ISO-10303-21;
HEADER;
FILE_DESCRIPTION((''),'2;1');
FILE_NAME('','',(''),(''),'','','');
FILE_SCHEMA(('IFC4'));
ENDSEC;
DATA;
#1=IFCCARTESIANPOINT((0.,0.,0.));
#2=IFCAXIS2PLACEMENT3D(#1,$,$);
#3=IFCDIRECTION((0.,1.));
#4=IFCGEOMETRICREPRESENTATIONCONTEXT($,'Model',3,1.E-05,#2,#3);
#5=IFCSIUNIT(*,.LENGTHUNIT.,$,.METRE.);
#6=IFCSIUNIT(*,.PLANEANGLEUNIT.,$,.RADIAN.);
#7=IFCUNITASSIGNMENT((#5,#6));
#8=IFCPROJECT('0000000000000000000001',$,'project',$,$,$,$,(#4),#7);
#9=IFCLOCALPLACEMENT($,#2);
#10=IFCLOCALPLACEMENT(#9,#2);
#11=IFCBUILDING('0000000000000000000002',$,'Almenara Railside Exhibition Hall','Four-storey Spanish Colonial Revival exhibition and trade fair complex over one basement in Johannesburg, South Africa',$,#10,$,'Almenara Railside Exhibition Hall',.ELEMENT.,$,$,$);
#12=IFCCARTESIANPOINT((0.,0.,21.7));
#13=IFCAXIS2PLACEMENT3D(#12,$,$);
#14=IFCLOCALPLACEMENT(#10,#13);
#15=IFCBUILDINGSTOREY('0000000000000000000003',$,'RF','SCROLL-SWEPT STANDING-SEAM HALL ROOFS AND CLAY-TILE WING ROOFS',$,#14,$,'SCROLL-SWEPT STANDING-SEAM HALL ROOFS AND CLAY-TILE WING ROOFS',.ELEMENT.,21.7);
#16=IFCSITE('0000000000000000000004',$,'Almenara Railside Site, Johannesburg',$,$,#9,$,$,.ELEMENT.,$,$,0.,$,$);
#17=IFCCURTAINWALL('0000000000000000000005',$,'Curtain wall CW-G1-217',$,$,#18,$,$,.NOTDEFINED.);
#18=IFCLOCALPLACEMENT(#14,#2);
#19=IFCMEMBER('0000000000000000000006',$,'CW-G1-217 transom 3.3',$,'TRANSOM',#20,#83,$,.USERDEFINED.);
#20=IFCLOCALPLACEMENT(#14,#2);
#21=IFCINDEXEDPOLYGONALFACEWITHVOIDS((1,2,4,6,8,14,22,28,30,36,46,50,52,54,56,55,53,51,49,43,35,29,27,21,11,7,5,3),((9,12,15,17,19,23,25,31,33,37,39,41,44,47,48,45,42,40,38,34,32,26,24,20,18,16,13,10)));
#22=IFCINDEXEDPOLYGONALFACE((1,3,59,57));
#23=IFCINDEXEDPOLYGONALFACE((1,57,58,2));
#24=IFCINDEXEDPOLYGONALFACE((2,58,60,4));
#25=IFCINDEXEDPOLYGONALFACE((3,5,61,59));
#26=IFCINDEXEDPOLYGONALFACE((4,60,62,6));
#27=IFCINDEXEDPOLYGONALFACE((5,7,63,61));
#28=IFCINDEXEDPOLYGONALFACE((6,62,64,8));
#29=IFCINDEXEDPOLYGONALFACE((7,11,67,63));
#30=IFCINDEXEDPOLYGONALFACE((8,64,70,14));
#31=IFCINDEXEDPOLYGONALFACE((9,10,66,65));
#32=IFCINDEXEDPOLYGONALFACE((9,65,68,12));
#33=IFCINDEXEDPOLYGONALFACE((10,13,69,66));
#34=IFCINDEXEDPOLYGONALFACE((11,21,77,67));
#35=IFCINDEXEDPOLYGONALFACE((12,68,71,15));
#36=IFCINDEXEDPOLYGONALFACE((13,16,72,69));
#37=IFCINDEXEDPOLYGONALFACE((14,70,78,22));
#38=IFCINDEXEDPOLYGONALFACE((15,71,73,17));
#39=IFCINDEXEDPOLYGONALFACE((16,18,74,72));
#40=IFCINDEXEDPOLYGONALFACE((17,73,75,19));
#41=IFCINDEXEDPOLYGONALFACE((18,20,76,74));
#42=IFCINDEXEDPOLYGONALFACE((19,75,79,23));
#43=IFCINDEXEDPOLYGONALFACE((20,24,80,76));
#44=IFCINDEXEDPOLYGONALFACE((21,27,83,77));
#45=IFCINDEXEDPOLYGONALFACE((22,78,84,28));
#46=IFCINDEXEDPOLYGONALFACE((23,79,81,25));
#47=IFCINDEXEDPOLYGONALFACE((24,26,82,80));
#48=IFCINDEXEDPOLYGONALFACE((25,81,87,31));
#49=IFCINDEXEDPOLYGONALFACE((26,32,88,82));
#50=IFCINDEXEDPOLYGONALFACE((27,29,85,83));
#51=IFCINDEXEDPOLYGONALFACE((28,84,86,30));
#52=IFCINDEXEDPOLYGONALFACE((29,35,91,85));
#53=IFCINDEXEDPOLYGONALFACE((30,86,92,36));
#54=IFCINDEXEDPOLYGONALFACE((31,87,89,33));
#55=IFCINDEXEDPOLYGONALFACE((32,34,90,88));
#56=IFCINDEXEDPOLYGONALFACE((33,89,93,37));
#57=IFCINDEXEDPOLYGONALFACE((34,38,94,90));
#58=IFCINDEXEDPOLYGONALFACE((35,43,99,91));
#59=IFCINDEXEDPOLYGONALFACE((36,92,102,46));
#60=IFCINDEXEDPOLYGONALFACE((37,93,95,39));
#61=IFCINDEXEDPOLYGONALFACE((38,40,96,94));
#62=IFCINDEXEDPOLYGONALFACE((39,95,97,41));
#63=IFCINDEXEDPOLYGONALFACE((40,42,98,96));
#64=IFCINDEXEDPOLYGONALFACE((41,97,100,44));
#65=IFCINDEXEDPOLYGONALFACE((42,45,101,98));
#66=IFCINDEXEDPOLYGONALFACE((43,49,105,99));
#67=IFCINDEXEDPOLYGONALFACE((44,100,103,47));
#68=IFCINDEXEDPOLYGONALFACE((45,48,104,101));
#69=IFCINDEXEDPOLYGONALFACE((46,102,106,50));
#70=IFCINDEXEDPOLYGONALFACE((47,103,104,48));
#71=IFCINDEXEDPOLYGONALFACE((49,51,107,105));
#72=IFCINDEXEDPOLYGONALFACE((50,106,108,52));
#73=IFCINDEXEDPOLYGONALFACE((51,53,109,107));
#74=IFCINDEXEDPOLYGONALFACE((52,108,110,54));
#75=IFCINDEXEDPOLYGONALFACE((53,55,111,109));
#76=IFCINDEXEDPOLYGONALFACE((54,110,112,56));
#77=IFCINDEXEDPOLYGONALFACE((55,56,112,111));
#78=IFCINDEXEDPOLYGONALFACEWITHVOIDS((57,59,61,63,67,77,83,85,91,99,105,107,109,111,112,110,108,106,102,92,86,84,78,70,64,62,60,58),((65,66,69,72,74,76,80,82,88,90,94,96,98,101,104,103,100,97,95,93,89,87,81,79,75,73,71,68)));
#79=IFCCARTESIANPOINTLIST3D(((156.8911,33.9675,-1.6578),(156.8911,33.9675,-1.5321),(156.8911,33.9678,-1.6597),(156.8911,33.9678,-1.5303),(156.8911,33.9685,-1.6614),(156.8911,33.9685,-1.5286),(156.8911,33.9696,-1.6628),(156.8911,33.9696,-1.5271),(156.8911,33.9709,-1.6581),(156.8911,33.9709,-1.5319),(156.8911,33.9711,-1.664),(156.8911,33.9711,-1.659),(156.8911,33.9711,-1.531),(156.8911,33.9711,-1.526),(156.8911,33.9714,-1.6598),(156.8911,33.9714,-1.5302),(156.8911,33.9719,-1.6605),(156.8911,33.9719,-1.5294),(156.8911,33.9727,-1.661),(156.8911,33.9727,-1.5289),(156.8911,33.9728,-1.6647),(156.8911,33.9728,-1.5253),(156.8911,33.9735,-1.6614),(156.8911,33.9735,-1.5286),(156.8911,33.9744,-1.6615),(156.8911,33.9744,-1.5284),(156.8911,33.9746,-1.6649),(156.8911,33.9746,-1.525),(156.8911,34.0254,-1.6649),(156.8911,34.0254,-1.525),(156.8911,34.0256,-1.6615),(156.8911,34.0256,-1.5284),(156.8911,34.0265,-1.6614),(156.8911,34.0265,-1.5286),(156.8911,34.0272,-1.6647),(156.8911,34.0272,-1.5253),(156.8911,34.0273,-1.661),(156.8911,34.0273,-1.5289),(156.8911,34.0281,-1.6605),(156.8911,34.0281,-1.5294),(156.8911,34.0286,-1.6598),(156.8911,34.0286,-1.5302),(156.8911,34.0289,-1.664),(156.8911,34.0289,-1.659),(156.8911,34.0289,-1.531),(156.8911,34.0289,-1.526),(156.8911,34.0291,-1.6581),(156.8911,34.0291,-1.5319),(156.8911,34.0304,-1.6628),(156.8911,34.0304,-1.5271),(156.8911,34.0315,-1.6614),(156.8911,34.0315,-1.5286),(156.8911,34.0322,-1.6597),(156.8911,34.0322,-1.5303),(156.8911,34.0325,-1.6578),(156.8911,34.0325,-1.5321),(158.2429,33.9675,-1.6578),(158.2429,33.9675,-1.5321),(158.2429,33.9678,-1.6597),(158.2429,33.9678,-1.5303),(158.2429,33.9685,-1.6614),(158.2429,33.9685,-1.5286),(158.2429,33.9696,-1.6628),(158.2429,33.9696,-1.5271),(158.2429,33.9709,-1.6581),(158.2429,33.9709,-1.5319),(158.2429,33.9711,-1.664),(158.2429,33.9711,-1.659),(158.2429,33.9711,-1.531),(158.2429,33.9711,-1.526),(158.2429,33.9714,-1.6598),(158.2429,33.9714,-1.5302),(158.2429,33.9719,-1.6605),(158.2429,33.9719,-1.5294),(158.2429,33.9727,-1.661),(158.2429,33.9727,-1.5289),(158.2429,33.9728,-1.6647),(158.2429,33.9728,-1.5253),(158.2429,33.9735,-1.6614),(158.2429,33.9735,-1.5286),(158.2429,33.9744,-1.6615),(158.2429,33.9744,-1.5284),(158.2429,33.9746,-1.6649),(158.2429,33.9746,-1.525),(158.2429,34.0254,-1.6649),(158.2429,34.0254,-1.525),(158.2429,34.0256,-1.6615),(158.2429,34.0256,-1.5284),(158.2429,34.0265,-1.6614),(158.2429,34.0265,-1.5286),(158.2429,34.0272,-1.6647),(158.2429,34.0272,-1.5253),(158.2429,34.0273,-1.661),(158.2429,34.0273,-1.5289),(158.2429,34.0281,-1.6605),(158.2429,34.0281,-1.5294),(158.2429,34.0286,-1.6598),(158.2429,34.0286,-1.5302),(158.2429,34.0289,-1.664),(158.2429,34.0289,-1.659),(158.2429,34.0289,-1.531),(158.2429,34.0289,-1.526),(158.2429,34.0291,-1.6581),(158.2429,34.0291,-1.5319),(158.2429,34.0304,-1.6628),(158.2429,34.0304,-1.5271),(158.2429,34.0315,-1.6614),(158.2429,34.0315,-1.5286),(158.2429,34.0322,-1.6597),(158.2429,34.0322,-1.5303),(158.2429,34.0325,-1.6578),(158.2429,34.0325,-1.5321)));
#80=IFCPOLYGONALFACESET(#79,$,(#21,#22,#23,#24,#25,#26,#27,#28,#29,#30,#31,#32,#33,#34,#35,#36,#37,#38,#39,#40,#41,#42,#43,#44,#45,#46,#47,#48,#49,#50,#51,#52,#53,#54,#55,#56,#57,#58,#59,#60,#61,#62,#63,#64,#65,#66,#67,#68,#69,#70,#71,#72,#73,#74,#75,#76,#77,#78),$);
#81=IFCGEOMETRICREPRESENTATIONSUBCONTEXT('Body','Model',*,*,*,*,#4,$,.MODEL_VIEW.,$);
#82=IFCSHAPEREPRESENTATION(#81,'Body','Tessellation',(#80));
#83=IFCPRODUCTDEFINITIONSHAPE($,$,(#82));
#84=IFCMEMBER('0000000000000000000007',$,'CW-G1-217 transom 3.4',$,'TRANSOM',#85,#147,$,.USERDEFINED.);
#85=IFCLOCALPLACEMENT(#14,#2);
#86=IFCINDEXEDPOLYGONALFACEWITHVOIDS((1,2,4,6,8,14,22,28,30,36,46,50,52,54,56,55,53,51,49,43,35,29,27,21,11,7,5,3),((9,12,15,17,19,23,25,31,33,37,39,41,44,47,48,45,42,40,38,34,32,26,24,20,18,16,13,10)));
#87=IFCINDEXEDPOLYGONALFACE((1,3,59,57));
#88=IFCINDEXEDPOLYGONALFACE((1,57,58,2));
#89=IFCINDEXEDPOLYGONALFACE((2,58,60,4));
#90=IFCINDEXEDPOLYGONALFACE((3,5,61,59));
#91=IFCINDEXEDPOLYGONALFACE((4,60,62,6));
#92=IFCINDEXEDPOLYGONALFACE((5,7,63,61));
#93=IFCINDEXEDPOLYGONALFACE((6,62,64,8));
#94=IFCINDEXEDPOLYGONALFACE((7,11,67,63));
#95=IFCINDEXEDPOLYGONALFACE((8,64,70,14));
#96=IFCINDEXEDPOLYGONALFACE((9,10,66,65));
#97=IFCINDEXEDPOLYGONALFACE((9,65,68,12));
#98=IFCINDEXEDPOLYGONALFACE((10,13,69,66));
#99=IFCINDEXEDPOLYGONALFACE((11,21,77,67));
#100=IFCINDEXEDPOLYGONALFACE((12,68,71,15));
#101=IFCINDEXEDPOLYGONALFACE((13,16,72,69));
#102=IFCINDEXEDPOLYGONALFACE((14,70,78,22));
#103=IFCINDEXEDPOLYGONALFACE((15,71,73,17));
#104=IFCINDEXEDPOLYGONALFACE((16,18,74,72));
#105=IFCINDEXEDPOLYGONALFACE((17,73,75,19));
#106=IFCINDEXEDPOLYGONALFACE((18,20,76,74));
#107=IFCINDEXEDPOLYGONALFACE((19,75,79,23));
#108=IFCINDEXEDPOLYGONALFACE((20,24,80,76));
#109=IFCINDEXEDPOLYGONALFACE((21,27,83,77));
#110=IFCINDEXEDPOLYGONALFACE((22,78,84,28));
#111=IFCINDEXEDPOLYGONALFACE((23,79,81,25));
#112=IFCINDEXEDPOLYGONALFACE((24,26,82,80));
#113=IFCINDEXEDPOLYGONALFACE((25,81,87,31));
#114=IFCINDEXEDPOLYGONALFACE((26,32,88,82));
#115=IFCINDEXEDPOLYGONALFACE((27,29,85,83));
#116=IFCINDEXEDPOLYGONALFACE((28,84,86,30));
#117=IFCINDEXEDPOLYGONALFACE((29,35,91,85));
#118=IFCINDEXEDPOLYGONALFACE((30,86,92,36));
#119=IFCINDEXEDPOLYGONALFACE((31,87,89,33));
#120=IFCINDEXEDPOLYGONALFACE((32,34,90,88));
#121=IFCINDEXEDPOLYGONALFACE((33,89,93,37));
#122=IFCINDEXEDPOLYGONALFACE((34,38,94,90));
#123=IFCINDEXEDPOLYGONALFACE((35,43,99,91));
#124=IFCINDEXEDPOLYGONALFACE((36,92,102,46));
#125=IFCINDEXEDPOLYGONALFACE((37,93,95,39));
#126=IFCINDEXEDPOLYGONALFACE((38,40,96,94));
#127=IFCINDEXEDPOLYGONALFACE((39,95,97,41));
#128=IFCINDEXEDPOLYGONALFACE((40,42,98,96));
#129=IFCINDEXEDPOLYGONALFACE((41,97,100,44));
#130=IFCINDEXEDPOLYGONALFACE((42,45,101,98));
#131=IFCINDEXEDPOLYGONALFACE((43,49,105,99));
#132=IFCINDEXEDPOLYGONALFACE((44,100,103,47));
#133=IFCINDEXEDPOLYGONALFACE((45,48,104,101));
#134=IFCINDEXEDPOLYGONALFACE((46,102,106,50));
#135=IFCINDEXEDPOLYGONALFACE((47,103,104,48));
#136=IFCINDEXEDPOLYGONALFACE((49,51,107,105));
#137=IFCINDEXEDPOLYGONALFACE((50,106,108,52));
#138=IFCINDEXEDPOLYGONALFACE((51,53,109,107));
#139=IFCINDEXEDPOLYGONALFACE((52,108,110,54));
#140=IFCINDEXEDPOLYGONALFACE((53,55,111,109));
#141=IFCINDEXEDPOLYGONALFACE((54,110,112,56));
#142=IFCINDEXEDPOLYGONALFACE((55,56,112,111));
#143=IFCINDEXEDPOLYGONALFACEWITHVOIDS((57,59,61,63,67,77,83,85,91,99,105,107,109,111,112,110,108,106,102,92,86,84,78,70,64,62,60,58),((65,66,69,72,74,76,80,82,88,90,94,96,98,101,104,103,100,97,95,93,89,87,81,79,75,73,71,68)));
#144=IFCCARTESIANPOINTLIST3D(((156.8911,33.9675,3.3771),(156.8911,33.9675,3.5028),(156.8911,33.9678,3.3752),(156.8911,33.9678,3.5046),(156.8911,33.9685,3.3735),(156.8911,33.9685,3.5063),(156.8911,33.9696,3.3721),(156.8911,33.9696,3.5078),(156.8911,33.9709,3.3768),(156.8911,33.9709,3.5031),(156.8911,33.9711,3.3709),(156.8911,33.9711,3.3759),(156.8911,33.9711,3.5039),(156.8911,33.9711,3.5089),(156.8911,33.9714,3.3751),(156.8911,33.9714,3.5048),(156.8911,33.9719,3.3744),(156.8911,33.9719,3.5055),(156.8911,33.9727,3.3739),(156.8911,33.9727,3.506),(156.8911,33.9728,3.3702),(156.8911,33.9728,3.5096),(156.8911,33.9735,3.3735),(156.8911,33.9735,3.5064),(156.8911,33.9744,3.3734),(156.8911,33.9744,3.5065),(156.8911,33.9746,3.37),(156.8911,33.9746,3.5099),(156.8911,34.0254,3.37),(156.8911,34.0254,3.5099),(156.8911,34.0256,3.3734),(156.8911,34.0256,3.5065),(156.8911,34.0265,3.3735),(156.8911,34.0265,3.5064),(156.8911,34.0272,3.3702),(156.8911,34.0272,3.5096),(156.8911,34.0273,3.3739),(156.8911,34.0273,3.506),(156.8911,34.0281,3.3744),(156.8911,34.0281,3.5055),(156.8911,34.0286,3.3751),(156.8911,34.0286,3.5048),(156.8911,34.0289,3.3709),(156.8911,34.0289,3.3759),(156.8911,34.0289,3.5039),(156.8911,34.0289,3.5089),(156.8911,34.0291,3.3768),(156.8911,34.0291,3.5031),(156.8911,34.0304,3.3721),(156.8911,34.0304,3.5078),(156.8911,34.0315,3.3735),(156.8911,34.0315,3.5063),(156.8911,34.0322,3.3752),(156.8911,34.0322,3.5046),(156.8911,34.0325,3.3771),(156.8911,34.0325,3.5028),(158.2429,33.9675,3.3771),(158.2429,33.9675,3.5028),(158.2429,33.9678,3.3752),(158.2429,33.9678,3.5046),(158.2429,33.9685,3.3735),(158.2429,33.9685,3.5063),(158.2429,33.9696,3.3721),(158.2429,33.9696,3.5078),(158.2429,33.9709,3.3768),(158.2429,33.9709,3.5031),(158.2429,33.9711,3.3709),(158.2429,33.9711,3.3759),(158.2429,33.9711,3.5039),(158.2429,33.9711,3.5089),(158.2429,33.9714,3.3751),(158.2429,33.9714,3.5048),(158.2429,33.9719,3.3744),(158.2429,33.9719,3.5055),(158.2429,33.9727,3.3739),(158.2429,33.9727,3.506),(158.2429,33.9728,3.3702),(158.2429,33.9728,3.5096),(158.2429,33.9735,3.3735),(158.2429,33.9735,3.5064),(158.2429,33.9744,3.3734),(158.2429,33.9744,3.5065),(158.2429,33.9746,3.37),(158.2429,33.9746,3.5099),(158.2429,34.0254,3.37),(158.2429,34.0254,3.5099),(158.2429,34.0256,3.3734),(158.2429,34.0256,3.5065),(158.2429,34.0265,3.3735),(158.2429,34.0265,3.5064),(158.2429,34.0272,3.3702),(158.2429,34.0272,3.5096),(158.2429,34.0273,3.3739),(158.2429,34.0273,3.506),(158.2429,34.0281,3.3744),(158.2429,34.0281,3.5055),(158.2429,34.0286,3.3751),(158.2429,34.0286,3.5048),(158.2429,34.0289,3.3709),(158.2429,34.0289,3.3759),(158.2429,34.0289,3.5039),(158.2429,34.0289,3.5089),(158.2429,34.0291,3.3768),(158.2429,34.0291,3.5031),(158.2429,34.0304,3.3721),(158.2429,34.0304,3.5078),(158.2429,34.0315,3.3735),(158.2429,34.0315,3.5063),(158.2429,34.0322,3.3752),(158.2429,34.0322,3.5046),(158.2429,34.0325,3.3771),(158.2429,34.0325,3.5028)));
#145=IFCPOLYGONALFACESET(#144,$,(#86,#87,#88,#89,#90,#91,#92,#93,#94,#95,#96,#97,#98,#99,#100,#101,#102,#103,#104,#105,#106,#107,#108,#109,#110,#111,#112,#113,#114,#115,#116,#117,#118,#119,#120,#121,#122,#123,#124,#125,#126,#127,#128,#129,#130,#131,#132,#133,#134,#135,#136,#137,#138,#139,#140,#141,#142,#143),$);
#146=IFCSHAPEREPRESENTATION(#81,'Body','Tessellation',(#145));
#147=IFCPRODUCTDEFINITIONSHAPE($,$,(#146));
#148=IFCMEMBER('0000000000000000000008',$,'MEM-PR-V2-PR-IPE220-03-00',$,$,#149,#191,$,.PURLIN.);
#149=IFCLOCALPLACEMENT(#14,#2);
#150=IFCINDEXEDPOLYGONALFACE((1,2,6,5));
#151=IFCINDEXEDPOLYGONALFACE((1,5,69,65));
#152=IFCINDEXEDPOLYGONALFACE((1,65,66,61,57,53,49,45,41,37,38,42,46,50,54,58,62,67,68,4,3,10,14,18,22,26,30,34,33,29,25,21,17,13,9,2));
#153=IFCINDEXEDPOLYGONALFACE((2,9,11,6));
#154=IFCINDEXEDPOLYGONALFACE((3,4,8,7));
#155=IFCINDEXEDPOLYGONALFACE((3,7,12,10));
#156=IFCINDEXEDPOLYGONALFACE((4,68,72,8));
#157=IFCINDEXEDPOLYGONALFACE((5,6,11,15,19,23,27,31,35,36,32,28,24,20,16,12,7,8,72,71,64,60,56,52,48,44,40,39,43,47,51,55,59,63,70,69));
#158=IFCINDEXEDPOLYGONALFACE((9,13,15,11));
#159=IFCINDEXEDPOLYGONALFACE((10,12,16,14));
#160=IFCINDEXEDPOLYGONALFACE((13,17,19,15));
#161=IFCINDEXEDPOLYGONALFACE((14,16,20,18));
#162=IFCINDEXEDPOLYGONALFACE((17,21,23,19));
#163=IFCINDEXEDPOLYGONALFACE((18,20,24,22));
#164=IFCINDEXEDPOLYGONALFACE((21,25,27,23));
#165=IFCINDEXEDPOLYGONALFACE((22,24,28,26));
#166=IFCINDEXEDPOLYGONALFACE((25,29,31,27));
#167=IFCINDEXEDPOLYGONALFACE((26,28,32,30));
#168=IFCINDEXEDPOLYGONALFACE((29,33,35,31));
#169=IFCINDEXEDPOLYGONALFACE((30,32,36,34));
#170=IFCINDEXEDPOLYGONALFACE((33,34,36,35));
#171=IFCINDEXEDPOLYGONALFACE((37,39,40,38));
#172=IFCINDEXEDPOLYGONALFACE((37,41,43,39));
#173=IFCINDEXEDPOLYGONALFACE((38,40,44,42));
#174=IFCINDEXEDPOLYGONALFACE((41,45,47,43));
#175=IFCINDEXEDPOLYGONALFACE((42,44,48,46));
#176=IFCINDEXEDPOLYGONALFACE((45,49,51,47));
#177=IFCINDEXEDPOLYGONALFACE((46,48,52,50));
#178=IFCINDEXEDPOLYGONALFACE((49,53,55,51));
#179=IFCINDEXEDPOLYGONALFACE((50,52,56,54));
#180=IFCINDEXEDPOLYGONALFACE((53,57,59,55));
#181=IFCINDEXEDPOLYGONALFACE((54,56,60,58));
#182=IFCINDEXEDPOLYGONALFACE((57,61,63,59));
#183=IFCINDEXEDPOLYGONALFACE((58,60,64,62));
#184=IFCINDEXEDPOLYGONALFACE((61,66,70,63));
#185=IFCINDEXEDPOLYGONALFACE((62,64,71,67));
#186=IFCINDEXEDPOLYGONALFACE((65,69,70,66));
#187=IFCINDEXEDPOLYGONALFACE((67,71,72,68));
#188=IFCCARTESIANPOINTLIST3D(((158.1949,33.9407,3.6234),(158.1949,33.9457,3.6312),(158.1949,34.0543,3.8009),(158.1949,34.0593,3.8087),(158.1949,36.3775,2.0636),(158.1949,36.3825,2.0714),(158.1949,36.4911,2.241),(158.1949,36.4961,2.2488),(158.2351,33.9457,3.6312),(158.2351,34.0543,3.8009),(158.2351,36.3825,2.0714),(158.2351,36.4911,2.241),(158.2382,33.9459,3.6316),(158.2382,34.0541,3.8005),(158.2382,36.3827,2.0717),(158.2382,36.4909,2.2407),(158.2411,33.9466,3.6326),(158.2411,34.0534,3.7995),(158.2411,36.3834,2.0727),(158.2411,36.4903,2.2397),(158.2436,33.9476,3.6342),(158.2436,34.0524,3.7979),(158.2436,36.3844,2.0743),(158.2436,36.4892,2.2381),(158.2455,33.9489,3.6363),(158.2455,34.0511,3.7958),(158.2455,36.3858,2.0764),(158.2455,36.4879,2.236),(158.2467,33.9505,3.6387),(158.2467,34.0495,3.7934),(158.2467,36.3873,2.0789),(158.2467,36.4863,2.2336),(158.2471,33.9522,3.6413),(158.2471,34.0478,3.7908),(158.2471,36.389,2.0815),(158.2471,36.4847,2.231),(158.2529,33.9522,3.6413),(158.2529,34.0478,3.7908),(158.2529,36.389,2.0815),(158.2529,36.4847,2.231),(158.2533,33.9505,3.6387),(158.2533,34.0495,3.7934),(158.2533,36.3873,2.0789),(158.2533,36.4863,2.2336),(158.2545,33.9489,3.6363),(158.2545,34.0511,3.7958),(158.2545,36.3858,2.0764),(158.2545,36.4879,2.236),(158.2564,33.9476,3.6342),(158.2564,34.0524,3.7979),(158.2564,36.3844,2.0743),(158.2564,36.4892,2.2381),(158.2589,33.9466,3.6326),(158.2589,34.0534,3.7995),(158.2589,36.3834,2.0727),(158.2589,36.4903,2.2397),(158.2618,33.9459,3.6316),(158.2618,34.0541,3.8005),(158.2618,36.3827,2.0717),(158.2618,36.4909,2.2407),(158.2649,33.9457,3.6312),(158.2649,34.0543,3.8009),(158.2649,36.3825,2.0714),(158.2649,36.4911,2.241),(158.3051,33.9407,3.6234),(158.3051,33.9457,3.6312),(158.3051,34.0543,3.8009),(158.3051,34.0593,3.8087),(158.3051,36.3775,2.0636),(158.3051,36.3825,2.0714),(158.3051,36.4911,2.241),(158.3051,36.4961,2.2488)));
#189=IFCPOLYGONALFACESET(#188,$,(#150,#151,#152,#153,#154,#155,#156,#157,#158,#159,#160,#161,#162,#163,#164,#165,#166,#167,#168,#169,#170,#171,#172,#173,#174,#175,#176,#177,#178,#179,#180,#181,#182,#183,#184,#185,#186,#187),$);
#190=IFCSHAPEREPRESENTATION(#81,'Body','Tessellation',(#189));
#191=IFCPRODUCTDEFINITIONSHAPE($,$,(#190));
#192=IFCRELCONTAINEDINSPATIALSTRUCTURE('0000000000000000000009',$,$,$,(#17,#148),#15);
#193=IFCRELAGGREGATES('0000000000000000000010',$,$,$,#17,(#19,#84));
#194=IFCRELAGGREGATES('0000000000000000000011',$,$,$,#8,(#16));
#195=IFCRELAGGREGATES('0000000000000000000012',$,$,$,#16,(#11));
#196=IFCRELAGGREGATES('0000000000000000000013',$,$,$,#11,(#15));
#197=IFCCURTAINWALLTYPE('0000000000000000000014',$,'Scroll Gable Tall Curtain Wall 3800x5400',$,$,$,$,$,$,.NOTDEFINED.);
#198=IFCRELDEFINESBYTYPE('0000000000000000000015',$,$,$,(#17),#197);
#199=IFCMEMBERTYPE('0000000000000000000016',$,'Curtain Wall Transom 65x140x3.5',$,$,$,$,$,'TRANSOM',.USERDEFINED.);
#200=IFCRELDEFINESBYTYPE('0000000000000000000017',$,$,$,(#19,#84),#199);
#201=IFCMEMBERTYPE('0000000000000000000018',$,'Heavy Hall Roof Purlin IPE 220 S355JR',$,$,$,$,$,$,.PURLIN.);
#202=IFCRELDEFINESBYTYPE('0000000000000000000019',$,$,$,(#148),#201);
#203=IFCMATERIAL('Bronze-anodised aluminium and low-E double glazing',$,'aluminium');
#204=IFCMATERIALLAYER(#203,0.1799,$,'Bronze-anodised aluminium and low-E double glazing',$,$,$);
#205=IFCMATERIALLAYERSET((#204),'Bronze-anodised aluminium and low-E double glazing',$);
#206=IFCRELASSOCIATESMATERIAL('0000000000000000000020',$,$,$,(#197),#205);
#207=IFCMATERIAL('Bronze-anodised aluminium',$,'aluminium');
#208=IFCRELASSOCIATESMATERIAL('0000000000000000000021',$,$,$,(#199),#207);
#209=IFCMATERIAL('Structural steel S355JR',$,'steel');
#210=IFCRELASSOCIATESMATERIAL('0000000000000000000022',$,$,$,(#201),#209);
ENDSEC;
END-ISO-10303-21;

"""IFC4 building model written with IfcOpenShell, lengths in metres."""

from ifc_helpers import new_model, si_unit, direction, frame, origin, origin_2d, place, context, subcontext, project, spatial, hollow_rectangle, i_section, extrude, material, layer, layer_set, material_profile, profile_set, type_object, element, aggregate, save


model = new_model("IFC4")

# Units and contexts
model_context = context("Model", 3, precision=1e-05, world=origin(), true_north=direction((0.0, 1.0)))
body_context = subcontext(model_context, "Body", "Model", "MODEL_VIEW")
ifc_project = project(units=[si_unit("LENGTHUNIT", "METRE"), si_unit("PLANEANGLEUNIT", "RADIAN")], contexts=[model_context])

# Site, building, storey
site_placement = place(None, origin())
site = spatial("IfcSite", under=ifc_project, at=site_placement, Name="Almenara Railside Site, Johannesburg", CompositionType="ELEMENT", RefElevation=0.0)
building_placement = place(site_placement, origin())
building = spatial("IfcBuilding", under=site, at=building_placement, Name="Almenara Railside Exhibition Hall", Description="Four-storey Spanish Colonial Revival exhibition and trade fair complex over one basement in Johannesburg, South Africa", LongName="Almenara Railside Exhibition Hall", CompositionType="ELEMENT")
storey_placement = place(building_placement, frame((0.0, 0.0, 21.7)))
storey = spatial("IfcBuildingStorey", under=building, at=storey_placement, Name="RF", Description="SCROLL-SWEPT STANDING-SEAM HALL ROOFS AND CLAY-TILE WING ROOFS", LongName="SCROLL-SWEPT STANDING-SEAM HALL ROOFS AND CLAY-TILE WING ROOFS", CompositionType="ELEMENT", Elevation=21.7)

# Shared definitions
ifc_material_1 = material(Name="Structural steel S355JR", Category="steel")

# Curtain wall
ifc_material_2 = material(Name="Bronze-anodised aluminium and low-E double glazing", Category="aluminium")
ifc_layer_1 = layer(ifc_material_2, 0.1799, Name="Bronze-anodised aluminium and low-E double glazing")
ifc_layer_set_1 = layer_set([ifc_layer_1], Name="Bronze-anodised aluminium and low-E double glazing")
curtain_wall_type = type_object("IfcCurtainWallType", Name="Scroll Gable Tall Curtain Wall 3800x5400", PredefinedType="NOTDEFINED", material=ifc_layer_set_1)
ifc_material_3 = material(Name="Bronze-anodised aluminium", Category="aluminium")
curtain_wall_1_placement = place(storey_placement, origin())
curtain_wall_1 = element("IfcCurtainWall", 1, at=curtain_wall_1_placement, inside=storey, type_object=curtain_wall_type, Name="Curtain wall CW-G1-217", PredefinedType="NOTDEFINED")

# Members
ifc_material_profile_1 = material_profile(ifc_material_3, hollow_rectangle(XDim=0.0649, YDim=0.1399, WallThickness=0.0034, InnerFilletRadius=0.0034, OuterFilletRadius=0.0071, at=origin_2d()), Name="ALU-TRN 65x140x3.5")
ifc_profile_set_1 = profile_set([ifc_material_profile_1], Name="Bronze-anodised aluminium")
member_type_1 = type_object("IfcMemberType", Name="Curtain Wall Transom 65x140x3.5", ElementType="TRANSOM", PredefinedType="USERDEFINED", material=ifc_profile_set_1)
member_1_placement = place(storey_placement, frame((156.8911, 34.0, -1.595), z_axis=(1.0, 0.0, 0.0), x_axis=(0.0, 1.0, 0.0)))
member_1 = element("IfcMember", 2, at=member_1_placement, type_object=member_type_1, Name="CW-G1-217 transom 3.3", ObjectType="TRANSOM", PredefinedType="USERDEFINED", context=body_context, shape_type="SweptSolid", body=[
    extrude(hollow_rectangle(XDim=0.0649, YDim=0.1399, WallThickness=0.0034, InnerFilletRadius=0.0034, OuterFilletRadius=0.0071, at=origin_2d()), origin(), (0.0, 0.0, 1.0), 1.3518),
])
member_2_placement = place(storey_placement, frame((156.8911, 34.0, 3.4399), z_axis=(1.0, 0.0, 0.0), x_axis=(0.0, 1.0, 0.0)))
member_2 = element("IfcMember", 3, at=member_2_placement, type_object=member_type_1, Name="CW-G1-217 transom 3.4", ObjectType="TRANSOM", PredefinedType="USERDEFINED", context=body_context, shape_type="SweptSolid", body=[
    extrude(hollow_rectangle(XDim=0.0649, YDim=0.1399, WallThickness=0.0034, InnerFilletRadius=0.0034, OuterFilletRadius=0.0071, at=origin_2d()), origin(), (0.0, 0.0, 1.0), 1.3518),
])

# Member
ifc_material_profile_2 = material_profile(ifc_material_1, i_section(OverallWidth=0.1101, OverallDepth=0.22, WebThickness=0.0059, FlangeThickness=0.0093, FilletRadius=0.012, at=origin_2d()), Name="IPE 220")
ifc_profile_set_2 = profile_set([ifc_material_profile_2], Name="Structural steel S355JR")
member_type_2 = type_object("IfcMemberType", Name="Heavy Hall Roof Purlin IPE 220 S355JR", PredefinedType="PURLIN", material=ifc_profile_set_2)
member_3_placement = place(storey_placement, frame((158.25, 34.0, 3.7161), z_axis=(0.0, 0.842227, -0.539123), x_axis=(-1.0, 0.0, 0.0)))
element("IfcMember", 4, at=member_3_placement, inside=storey, type_object=member_type_2, Name="MEM-PR-V2-PR-IPE220-03-00", PredefinedType="PURLIN", context=body_context, shape_type="SweptSolid", body=[
    extrude(i_section(OverallWidth=0.1101, OverallDepth=0.22, WebThickness=0.0059, FlangeThickness=0.0093, FilletRadius=0.012, at=origin_2d()), origin(), (0.0, 0.0, 1.0), 2.8933),
])

aggregate(curtain_wall_1, [member_1, member_2])

save(model, "model.ifc")
